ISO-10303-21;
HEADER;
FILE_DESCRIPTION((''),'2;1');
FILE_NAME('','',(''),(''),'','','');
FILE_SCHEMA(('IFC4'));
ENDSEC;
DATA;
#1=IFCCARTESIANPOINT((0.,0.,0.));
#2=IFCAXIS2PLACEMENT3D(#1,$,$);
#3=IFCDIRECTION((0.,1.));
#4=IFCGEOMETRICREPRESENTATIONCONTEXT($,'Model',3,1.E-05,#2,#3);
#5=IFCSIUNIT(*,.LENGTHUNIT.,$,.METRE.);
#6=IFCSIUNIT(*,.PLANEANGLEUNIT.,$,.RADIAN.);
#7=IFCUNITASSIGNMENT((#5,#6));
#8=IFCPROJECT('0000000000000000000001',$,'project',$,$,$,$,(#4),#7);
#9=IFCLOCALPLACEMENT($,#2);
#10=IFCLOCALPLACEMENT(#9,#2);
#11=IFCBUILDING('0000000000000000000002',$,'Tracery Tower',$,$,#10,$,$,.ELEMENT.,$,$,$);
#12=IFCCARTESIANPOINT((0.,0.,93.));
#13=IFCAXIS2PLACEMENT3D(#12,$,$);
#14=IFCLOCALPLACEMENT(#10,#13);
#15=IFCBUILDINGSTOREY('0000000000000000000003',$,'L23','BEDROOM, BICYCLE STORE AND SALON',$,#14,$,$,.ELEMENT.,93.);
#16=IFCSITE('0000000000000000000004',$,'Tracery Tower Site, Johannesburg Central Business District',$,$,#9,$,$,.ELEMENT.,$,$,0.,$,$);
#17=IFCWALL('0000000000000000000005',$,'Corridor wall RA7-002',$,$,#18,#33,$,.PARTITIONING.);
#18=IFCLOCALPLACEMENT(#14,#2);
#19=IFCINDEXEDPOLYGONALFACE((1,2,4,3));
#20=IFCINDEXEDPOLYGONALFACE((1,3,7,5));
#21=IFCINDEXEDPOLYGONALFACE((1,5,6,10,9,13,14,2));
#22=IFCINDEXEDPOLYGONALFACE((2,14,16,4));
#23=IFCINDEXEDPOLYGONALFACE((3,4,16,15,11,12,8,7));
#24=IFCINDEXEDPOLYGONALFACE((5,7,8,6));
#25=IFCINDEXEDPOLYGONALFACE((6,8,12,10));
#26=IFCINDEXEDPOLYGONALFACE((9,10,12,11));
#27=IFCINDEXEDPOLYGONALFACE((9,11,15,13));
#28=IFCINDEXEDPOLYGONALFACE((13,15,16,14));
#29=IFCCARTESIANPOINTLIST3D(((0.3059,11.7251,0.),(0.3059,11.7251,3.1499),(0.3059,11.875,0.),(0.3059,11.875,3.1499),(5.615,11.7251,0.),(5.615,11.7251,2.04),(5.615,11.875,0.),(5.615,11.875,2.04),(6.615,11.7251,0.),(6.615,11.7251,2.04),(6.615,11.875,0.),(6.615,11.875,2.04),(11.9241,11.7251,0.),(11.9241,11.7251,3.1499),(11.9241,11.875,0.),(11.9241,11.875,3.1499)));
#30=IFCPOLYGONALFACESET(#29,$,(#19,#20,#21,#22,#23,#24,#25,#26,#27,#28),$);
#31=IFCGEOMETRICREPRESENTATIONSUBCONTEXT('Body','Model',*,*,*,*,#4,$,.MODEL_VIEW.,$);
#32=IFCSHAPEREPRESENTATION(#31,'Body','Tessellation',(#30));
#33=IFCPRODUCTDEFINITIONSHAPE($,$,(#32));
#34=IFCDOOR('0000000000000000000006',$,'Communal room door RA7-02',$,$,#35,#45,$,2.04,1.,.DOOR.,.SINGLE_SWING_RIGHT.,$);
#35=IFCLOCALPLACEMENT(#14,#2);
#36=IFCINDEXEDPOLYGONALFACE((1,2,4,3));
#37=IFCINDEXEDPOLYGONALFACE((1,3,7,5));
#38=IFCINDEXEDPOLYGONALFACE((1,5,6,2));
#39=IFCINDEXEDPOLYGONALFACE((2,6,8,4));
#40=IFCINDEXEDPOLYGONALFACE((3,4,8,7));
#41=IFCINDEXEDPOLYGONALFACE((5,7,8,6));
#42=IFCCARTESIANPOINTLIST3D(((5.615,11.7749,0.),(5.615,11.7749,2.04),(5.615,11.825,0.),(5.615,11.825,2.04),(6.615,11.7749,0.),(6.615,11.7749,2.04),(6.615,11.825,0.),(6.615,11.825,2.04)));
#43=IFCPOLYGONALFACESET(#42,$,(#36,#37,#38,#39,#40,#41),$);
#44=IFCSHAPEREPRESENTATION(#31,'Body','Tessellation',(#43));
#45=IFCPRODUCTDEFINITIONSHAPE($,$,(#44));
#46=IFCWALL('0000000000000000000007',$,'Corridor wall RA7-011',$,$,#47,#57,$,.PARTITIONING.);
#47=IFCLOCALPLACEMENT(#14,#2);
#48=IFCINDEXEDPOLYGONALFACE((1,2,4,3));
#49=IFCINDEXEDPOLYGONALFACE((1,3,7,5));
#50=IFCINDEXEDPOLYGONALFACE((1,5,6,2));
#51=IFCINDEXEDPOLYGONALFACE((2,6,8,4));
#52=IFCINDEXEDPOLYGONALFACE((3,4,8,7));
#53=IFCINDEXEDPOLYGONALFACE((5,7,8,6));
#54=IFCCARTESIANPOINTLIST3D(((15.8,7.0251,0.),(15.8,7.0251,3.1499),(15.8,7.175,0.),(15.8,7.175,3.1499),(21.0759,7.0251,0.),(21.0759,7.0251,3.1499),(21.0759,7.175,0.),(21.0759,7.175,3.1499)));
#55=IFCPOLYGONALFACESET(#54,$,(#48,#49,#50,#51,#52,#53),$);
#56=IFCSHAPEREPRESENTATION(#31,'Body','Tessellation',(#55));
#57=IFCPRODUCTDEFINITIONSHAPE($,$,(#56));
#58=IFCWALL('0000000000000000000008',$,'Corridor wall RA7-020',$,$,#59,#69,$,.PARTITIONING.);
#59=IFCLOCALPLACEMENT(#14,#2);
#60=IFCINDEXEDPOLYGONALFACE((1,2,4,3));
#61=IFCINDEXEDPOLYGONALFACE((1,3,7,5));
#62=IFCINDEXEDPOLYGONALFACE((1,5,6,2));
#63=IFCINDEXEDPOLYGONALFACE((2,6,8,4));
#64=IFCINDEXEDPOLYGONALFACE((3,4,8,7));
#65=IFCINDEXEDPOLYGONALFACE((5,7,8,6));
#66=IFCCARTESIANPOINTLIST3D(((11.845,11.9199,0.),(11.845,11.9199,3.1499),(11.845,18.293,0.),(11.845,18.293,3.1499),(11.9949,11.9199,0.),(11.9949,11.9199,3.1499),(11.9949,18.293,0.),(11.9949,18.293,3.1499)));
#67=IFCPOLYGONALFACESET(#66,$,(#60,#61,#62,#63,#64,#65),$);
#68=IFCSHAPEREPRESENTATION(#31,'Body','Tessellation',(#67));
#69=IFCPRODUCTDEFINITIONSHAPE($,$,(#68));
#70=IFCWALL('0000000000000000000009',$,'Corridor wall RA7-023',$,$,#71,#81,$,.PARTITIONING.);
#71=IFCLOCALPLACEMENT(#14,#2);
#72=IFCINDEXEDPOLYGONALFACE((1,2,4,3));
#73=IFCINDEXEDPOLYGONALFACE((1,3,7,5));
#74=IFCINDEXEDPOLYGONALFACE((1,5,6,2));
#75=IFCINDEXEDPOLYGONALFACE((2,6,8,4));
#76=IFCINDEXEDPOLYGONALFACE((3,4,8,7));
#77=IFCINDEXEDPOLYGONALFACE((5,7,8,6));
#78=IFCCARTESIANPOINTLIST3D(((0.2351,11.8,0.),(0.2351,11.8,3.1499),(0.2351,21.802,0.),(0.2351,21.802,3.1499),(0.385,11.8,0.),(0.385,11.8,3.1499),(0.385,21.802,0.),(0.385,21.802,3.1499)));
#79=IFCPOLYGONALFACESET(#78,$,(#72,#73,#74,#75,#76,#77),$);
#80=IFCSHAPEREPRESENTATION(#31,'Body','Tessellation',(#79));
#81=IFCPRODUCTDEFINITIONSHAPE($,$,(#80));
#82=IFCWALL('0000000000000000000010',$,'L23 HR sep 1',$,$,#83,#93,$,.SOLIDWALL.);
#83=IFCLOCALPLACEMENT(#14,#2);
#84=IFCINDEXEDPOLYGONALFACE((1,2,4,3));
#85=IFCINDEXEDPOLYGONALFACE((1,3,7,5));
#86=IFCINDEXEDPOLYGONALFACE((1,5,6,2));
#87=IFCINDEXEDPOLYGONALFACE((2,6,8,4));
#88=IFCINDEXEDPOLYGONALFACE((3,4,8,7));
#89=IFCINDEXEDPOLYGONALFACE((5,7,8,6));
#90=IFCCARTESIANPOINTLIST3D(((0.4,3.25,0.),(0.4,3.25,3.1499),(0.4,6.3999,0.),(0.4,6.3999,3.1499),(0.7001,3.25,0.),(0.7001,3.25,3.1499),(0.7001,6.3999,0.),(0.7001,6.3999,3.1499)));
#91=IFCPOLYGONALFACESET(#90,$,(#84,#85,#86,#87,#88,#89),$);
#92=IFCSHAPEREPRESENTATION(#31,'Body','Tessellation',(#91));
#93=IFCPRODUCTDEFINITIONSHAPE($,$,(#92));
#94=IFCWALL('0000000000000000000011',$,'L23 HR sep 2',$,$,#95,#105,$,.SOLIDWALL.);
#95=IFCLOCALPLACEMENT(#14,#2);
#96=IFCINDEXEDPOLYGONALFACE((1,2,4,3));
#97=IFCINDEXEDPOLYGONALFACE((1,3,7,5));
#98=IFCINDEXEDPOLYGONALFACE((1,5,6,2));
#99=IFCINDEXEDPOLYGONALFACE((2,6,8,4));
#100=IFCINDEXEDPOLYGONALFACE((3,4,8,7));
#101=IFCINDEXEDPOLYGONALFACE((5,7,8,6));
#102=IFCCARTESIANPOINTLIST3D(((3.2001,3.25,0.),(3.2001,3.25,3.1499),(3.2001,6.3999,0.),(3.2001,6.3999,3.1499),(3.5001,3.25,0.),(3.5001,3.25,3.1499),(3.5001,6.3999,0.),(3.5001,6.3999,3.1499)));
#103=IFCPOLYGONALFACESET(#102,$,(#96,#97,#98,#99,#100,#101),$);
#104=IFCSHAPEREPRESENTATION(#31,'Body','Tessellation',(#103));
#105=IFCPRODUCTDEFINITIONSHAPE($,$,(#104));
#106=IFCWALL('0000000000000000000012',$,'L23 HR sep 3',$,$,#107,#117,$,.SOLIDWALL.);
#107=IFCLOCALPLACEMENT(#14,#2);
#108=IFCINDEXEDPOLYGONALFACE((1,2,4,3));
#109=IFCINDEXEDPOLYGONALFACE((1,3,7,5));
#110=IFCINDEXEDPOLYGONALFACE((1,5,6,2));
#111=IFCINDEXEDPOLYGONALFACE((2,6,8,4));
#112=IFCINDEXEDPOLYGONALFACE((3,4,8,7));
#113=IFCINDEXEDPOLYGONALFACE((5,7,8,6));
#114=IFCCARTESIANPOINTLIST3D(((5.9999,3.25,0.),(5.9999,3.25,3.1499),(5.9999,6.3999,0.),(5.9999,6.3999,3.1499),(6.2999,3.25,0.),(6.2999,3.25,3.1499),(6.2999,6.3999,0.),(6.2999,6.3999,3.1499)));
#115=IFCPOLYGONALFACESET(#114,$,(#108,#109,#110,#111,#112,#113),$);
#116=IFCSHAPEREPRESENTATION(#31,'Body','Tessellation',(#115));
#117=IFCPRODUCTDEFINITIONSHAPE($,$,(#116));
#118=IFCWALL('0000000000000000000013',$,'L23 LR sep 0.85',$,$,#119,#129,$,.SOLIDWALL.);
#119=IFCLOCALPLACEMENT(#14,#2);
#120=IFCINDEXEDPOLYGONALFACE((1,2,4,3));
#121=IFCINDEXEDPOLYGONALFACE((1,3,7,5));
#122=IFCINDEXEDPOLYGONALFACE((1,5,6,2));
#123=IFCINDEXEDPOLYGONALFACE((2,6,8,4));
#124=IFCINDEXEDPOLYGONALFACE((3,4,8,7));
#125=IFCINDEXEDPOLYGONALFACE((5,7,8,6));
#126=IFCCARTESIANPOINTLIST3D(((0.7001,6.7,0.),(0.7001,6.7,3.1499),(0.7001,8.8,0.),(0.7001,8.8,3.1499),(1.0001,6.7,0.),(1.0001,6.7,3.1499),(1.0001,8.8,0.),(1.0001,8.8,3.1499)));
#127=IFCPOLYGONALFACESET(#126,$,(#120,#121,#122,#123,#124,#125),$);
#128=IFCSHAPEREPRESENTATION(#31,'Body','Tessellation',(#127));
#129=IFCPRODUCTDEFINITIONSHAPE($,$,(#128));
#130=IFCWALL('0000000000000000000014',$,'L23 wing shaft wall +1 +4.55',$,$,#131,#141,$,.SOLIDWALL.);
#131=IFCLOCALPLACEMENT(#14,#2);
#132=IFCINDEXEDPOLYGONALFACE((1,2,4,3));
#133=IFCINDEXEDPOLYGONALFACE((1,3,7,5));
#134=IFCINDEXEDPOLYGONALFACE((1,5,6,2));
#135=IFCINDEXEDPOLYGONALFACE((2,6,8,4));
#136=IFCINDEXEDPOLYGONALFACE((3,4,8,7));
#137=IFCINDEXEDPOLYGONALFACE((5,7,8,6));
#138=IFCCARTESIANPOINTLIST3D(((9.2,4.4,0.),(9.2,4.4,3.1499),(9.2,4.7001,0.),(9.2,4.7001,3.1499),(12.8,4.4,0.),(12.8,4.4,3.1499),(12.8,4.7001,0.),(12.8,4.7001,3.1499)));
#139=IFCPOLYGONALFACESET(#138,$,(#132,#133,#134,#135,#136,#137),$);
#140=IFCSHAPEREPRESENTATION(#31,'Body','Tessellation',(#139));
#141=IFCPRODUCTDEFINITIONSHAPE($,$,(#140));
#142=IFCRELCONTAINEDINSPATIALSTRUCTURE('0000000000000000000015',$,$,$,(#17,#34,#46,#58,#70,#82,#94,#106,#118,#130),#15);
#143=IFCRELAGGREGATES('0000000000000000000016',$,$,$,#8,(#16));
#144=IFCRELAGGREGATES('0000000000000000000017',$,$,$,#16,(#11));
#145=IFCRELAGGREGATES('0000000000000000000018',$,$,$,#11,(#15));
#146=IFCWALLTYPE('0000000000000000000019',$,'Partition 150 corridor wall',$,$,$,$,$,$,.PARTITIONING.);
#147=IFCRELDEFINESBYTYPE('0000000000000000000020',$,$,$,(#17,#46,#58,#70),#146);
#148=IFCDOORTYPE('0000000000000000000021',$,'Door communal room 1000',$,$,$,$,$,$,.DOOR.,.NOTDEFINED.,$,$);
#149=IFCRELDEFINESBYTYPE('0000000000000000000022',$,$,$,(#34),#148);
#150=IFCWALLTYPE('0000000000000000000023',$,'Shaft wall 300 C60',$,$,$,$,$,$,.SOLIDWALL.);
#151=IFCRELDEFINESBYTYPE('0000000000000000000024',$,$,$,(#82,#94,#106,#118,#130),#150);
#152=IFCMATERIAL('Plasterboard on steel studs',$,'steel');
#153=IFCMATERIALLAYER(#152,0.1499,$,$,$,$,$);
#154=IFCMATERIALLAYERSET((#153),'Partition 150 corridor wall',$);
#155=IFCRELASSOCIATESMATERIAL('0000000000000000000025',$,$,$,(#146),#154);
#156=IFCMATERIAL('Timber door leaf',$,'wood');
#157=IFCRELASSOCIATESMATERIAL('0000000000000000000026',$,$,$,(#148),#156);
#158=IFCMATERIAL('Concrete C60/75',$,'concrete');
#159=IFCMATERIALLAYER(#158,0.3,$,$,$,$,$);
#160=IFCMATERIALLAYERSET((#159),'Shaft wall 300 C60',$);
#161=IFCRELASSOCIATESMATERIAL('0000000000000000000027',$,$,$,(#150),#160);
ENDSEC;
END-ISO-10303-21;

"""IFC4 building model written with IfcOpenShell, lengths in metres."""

from ifc_helpers import new_model, si_unit, direction, frame, frame_2d, origin, place, context, subcontext, project, spatial, rectangle, extrude, material, layer, layer_set, type_object, element, fill, save


model = new_model("IFC4")

# Units and contexts
model_context = context("Model", 3, precision=1e-05, world=origin(), true_north=direction((0.0, 1.0)))
body_context = subcontext(model_context, "Body", "Model", "MODEL_VIEW")
ifc_project = project(units=[si_unit("LENGTHUNIT", "METRE"), si_unit("PLANEANGLEUNIT", "RADIAN")], contexts=[model_context])

# Site, building, storey
site_placement = place(None, origin())
site = spatial("IfcSite", under=ifc_project, at=site_placement, Name="Tracery Tower Site, Johannesburg Central Business District", CompositionType="ELEMENT", RefElevation=0.0)
building_placement = place(site_placement, origin())
building = spatial("IfcBuilding", under=site, at=building_placement, Name="Tracery Tower", CompositionType="ELEMENT")
storey_placement = place(building_placement, frame((0.0, 0.0, 93.0)))
storey = spatial("IfcBuildingStorey", under=building, at=storey_placement, Name="L23", Description="BEDROOM, BICYCLE STORE AND SALON", CompositionType="ELEMENT", Elevation=93.0)

# Wall, opening, door
ifc_material_1 = material(Name="Plasterboard on steel studs", Category="steel")
ifc_layer_1 = layer(ifc_material_1, 0.1499)
ifc_layer_set_1 = layer_set([ifc_layer_1], Name="Partition 150 corridor wall")
wall_type_1 = type_object("IfcWallType", Name="Partition 150 corridor wall", PredefinedType="PARTITIONING", material=ifc_layer_set_1)
wall_1_placement = place(storey_placement, frame((0.3059, 11.8, 0.0), z_axis=(0.0, 0.0, 1.0), x_axis=(1.0, 0.0, 0.0)))
wall_1 = element("IfcWall", 1, at=wall_1_placement, inside=storey, type_object=wall_type_1, Name="Corridor wall RA7-002", PredefinedType="PARTITIONING", context=body_context, shape_type="SweptSolid", body=[
    extrude(rectangle(XDim=11.6182, YDim=0.1499, at=frame_2d((5.8091, 0.0))), origin(), (0.0, 0.0, 1.0), 3.1499),
])
opening_1_placement = place(wall_1_placement, frame((5.3091, 0.0, 0.0)))
opening_1 = element("IfcOpeningElement", 2, at=opening_1_placement, cuts=wall_1, PredefinedType="OPENING", context=body_context, shape_type="SweptSolid", body=[
    extrude(rectangle(XDim=1.0, YDim=2.04, at=frame_2d((0.5, 1.02))), frame((0.0, 0.075, 0.0), z_axis=(0.0, -1.0, 0.0), x_axis=(1.0, 0.0, 0.0)), (0.0, 0.0, 1.0), 0.1499),
])
ifc_material_2 = material(Name="Timber door leaf", Category="wood")
door_type_1 = type_object("IfcDoorType", Name="Door communal room 1000", OperationType="NOTDEFINED", PredefinedType="DOOR", material=ifc_material_2)
door_1_placement = place(opening_1_placement, origin())
door_1 = element("IfcDoor", 3, at=door_1_placement, inside=storey, type_object=door_type_1, Name="Communal room door RA7-02", OperationType="SINGLE_SWING_RIGHT", OverallHeight=2.04, OverallWidth=1.0, PredefinedType="DOOR", context=body_context, shape_type="SweptSolid", body=[
    extrude(rectangle(XDim=1.0, YDim=2.04, at=frame_2d((0.5, 1.02))), frame((0.0, 0.0249, 0.0), z_axis=(0.0, -1.0, 0.0), x_axis=(1.0, 0.0, 0.0)), (0.0, 0.0, 1.0), 0.05),
])
fill(opening_1, door_1)

# Walls
wall_2_placement = place(storey_placement, frame((15.8, 7.1001, 0.0), z_axis=(0.0, 0.0, 1.0), x_axis=(1.0, 0.0, 0.0)))
element("IfcWall", 4, at=wall_2_placement, inside=storey, type_object=wall_type_1, Name="Corridor wall RA7-011", PredefinedType="PARTITIONING", context=body_context, shape_type="SweptSolid", body=[
    extrude(rectangle(XDim=5.2759, YDim=0.1499, at=frame_2d((2.6379, 0.0))), origin(), (0.0, 0.0, 1.0), 3.1499),
])
wall_3_placement = place(storey_placement, frame((11.9199, 11.9199, 0.0), z_axis=(0.0, 0.0, 1.0), x_axis=(0.0, 1.0, 0.0)))
element("IfcWall", 5, at=wall_3_placement, inside=storey, type_object=wall_type_1, Name="Corridor wall RA7-020", PredefinedType="PARTITIONING", context=body_context, shape_type="SweptSolid", body=[
    extrude(rectangle(XDim=6.373, YDim=0.1499, at=frame_2d((3.1865, 0.0))), origin(), (0.0, 0.0, 1.0), 3.1499),
])
wall_4_placement = place(storey_placement, frame((0.3101, 11.8, 0.0), z_axis=(0.0, 0.0, 1.0), x_axis=(0.0, 1.0, 0.0)))
element("IfcWall", 6, at=wall_4_placement, inside=storey, type_object=wall_type_1, Name="Corridor wall RA7-023", PredefinedType="PARTITIONING", context=body_context, shape_type="SweptSolid", body=[
    extrude(rectangle(XDim=10.002, YDim=0.1499, at=frame_2d((5.001, 0.0))), origin(), (0.0, 0.0, 1.0), 3.1499),
])
ifc_material_3 = material(Name="Concrete C60/75", Category="concrete")
ifc_layer_2 = layer(ifc_material_3, 0.3)
ifc_layer_set_2 = layer_set([ifc_layer_2], Name="Shaft wall 300 C60")
wall_type_2 = type_object("IfcWallType", Name="Shaft wall 300 C60", PredefinedType="SOLIDWALL", material=ifc_layer_set_2)
for number, where, z_axis, x_axis, name in (
    (7, (0.55, 3.25, 0.0), (0.0, 0.0, 1.0), (0.0, 1.0, 0.0), "L23 HR sep 1"),
    (8, (3.3501, 3.25, 0.0), (0.0, 0.0, 1.0), (0.0, 1.0, 0.0), "L23 HR sep 2"),
    (9, (6.1499, 3.25, 0.0), (0.0, 0.0, 1.0), (0.0, 1.0, 0.0), "L23 HR sep 3"),
):
    element("IfcWall", number, at=place(storey_placement, frame(where, z_axis=z_axis, x_axis=x_axis)), inside=storey, type_object=wall_type_2, Name=name, PredefinedType="SOLIDWALL", context=body_context, shape_type="SweptSolid", body=[
        extrude(rectangle(XDim=3.1499, YDim=0.3, at=frame_2d((1.575, 0.0))), origin(), (0.0, 0.0, 1.0), 3.1499),
    ])
wall_5_placement = place(storey_placement, frame((0.8501, 6.7, 0.0), z_axis=(0.0, 0.0, 1.0), x_axis=(0.0, 1.0, 0.0)))
element("IfcWall", 10, at=wall_5_placement, inside=storey, type_object=wall_type_2, Name="L23 LR sep 0.85", PredefinedType="SOLIDWALL", context=body_context, shape_type="SweptSolid", body=[
    extrude(rectangle(XDim=2.1001, YDim=0.3, at=frame_2d((1.05, 0.0))), origin(), (0.0, 0.0, 1.0), 3.1499),
])
wall_6_placement = place(storey_placement, frame((9.2, 4.55, 0.0), z_axis=(0.0, 0.0, 1.0), x_axis=(1.0, 0.0, 0.0)))
element("IfcWall", 11, at=wall_6_placement, inside=storey, type_object=wall_type_2, Name="L23 wing shaft wall +1 +4.55", PredefinedType="SOLIDWALL", context=body_context, shape_type="SweptSolid", body=[
    extrude(rectangle(XDim=3.6001, YDim=0.3, at=frame_2d((1.8, 0.0))), origin(), (0.0, 0.0, 1.0), 3.1499),
])

save(model, "model.ifc")
